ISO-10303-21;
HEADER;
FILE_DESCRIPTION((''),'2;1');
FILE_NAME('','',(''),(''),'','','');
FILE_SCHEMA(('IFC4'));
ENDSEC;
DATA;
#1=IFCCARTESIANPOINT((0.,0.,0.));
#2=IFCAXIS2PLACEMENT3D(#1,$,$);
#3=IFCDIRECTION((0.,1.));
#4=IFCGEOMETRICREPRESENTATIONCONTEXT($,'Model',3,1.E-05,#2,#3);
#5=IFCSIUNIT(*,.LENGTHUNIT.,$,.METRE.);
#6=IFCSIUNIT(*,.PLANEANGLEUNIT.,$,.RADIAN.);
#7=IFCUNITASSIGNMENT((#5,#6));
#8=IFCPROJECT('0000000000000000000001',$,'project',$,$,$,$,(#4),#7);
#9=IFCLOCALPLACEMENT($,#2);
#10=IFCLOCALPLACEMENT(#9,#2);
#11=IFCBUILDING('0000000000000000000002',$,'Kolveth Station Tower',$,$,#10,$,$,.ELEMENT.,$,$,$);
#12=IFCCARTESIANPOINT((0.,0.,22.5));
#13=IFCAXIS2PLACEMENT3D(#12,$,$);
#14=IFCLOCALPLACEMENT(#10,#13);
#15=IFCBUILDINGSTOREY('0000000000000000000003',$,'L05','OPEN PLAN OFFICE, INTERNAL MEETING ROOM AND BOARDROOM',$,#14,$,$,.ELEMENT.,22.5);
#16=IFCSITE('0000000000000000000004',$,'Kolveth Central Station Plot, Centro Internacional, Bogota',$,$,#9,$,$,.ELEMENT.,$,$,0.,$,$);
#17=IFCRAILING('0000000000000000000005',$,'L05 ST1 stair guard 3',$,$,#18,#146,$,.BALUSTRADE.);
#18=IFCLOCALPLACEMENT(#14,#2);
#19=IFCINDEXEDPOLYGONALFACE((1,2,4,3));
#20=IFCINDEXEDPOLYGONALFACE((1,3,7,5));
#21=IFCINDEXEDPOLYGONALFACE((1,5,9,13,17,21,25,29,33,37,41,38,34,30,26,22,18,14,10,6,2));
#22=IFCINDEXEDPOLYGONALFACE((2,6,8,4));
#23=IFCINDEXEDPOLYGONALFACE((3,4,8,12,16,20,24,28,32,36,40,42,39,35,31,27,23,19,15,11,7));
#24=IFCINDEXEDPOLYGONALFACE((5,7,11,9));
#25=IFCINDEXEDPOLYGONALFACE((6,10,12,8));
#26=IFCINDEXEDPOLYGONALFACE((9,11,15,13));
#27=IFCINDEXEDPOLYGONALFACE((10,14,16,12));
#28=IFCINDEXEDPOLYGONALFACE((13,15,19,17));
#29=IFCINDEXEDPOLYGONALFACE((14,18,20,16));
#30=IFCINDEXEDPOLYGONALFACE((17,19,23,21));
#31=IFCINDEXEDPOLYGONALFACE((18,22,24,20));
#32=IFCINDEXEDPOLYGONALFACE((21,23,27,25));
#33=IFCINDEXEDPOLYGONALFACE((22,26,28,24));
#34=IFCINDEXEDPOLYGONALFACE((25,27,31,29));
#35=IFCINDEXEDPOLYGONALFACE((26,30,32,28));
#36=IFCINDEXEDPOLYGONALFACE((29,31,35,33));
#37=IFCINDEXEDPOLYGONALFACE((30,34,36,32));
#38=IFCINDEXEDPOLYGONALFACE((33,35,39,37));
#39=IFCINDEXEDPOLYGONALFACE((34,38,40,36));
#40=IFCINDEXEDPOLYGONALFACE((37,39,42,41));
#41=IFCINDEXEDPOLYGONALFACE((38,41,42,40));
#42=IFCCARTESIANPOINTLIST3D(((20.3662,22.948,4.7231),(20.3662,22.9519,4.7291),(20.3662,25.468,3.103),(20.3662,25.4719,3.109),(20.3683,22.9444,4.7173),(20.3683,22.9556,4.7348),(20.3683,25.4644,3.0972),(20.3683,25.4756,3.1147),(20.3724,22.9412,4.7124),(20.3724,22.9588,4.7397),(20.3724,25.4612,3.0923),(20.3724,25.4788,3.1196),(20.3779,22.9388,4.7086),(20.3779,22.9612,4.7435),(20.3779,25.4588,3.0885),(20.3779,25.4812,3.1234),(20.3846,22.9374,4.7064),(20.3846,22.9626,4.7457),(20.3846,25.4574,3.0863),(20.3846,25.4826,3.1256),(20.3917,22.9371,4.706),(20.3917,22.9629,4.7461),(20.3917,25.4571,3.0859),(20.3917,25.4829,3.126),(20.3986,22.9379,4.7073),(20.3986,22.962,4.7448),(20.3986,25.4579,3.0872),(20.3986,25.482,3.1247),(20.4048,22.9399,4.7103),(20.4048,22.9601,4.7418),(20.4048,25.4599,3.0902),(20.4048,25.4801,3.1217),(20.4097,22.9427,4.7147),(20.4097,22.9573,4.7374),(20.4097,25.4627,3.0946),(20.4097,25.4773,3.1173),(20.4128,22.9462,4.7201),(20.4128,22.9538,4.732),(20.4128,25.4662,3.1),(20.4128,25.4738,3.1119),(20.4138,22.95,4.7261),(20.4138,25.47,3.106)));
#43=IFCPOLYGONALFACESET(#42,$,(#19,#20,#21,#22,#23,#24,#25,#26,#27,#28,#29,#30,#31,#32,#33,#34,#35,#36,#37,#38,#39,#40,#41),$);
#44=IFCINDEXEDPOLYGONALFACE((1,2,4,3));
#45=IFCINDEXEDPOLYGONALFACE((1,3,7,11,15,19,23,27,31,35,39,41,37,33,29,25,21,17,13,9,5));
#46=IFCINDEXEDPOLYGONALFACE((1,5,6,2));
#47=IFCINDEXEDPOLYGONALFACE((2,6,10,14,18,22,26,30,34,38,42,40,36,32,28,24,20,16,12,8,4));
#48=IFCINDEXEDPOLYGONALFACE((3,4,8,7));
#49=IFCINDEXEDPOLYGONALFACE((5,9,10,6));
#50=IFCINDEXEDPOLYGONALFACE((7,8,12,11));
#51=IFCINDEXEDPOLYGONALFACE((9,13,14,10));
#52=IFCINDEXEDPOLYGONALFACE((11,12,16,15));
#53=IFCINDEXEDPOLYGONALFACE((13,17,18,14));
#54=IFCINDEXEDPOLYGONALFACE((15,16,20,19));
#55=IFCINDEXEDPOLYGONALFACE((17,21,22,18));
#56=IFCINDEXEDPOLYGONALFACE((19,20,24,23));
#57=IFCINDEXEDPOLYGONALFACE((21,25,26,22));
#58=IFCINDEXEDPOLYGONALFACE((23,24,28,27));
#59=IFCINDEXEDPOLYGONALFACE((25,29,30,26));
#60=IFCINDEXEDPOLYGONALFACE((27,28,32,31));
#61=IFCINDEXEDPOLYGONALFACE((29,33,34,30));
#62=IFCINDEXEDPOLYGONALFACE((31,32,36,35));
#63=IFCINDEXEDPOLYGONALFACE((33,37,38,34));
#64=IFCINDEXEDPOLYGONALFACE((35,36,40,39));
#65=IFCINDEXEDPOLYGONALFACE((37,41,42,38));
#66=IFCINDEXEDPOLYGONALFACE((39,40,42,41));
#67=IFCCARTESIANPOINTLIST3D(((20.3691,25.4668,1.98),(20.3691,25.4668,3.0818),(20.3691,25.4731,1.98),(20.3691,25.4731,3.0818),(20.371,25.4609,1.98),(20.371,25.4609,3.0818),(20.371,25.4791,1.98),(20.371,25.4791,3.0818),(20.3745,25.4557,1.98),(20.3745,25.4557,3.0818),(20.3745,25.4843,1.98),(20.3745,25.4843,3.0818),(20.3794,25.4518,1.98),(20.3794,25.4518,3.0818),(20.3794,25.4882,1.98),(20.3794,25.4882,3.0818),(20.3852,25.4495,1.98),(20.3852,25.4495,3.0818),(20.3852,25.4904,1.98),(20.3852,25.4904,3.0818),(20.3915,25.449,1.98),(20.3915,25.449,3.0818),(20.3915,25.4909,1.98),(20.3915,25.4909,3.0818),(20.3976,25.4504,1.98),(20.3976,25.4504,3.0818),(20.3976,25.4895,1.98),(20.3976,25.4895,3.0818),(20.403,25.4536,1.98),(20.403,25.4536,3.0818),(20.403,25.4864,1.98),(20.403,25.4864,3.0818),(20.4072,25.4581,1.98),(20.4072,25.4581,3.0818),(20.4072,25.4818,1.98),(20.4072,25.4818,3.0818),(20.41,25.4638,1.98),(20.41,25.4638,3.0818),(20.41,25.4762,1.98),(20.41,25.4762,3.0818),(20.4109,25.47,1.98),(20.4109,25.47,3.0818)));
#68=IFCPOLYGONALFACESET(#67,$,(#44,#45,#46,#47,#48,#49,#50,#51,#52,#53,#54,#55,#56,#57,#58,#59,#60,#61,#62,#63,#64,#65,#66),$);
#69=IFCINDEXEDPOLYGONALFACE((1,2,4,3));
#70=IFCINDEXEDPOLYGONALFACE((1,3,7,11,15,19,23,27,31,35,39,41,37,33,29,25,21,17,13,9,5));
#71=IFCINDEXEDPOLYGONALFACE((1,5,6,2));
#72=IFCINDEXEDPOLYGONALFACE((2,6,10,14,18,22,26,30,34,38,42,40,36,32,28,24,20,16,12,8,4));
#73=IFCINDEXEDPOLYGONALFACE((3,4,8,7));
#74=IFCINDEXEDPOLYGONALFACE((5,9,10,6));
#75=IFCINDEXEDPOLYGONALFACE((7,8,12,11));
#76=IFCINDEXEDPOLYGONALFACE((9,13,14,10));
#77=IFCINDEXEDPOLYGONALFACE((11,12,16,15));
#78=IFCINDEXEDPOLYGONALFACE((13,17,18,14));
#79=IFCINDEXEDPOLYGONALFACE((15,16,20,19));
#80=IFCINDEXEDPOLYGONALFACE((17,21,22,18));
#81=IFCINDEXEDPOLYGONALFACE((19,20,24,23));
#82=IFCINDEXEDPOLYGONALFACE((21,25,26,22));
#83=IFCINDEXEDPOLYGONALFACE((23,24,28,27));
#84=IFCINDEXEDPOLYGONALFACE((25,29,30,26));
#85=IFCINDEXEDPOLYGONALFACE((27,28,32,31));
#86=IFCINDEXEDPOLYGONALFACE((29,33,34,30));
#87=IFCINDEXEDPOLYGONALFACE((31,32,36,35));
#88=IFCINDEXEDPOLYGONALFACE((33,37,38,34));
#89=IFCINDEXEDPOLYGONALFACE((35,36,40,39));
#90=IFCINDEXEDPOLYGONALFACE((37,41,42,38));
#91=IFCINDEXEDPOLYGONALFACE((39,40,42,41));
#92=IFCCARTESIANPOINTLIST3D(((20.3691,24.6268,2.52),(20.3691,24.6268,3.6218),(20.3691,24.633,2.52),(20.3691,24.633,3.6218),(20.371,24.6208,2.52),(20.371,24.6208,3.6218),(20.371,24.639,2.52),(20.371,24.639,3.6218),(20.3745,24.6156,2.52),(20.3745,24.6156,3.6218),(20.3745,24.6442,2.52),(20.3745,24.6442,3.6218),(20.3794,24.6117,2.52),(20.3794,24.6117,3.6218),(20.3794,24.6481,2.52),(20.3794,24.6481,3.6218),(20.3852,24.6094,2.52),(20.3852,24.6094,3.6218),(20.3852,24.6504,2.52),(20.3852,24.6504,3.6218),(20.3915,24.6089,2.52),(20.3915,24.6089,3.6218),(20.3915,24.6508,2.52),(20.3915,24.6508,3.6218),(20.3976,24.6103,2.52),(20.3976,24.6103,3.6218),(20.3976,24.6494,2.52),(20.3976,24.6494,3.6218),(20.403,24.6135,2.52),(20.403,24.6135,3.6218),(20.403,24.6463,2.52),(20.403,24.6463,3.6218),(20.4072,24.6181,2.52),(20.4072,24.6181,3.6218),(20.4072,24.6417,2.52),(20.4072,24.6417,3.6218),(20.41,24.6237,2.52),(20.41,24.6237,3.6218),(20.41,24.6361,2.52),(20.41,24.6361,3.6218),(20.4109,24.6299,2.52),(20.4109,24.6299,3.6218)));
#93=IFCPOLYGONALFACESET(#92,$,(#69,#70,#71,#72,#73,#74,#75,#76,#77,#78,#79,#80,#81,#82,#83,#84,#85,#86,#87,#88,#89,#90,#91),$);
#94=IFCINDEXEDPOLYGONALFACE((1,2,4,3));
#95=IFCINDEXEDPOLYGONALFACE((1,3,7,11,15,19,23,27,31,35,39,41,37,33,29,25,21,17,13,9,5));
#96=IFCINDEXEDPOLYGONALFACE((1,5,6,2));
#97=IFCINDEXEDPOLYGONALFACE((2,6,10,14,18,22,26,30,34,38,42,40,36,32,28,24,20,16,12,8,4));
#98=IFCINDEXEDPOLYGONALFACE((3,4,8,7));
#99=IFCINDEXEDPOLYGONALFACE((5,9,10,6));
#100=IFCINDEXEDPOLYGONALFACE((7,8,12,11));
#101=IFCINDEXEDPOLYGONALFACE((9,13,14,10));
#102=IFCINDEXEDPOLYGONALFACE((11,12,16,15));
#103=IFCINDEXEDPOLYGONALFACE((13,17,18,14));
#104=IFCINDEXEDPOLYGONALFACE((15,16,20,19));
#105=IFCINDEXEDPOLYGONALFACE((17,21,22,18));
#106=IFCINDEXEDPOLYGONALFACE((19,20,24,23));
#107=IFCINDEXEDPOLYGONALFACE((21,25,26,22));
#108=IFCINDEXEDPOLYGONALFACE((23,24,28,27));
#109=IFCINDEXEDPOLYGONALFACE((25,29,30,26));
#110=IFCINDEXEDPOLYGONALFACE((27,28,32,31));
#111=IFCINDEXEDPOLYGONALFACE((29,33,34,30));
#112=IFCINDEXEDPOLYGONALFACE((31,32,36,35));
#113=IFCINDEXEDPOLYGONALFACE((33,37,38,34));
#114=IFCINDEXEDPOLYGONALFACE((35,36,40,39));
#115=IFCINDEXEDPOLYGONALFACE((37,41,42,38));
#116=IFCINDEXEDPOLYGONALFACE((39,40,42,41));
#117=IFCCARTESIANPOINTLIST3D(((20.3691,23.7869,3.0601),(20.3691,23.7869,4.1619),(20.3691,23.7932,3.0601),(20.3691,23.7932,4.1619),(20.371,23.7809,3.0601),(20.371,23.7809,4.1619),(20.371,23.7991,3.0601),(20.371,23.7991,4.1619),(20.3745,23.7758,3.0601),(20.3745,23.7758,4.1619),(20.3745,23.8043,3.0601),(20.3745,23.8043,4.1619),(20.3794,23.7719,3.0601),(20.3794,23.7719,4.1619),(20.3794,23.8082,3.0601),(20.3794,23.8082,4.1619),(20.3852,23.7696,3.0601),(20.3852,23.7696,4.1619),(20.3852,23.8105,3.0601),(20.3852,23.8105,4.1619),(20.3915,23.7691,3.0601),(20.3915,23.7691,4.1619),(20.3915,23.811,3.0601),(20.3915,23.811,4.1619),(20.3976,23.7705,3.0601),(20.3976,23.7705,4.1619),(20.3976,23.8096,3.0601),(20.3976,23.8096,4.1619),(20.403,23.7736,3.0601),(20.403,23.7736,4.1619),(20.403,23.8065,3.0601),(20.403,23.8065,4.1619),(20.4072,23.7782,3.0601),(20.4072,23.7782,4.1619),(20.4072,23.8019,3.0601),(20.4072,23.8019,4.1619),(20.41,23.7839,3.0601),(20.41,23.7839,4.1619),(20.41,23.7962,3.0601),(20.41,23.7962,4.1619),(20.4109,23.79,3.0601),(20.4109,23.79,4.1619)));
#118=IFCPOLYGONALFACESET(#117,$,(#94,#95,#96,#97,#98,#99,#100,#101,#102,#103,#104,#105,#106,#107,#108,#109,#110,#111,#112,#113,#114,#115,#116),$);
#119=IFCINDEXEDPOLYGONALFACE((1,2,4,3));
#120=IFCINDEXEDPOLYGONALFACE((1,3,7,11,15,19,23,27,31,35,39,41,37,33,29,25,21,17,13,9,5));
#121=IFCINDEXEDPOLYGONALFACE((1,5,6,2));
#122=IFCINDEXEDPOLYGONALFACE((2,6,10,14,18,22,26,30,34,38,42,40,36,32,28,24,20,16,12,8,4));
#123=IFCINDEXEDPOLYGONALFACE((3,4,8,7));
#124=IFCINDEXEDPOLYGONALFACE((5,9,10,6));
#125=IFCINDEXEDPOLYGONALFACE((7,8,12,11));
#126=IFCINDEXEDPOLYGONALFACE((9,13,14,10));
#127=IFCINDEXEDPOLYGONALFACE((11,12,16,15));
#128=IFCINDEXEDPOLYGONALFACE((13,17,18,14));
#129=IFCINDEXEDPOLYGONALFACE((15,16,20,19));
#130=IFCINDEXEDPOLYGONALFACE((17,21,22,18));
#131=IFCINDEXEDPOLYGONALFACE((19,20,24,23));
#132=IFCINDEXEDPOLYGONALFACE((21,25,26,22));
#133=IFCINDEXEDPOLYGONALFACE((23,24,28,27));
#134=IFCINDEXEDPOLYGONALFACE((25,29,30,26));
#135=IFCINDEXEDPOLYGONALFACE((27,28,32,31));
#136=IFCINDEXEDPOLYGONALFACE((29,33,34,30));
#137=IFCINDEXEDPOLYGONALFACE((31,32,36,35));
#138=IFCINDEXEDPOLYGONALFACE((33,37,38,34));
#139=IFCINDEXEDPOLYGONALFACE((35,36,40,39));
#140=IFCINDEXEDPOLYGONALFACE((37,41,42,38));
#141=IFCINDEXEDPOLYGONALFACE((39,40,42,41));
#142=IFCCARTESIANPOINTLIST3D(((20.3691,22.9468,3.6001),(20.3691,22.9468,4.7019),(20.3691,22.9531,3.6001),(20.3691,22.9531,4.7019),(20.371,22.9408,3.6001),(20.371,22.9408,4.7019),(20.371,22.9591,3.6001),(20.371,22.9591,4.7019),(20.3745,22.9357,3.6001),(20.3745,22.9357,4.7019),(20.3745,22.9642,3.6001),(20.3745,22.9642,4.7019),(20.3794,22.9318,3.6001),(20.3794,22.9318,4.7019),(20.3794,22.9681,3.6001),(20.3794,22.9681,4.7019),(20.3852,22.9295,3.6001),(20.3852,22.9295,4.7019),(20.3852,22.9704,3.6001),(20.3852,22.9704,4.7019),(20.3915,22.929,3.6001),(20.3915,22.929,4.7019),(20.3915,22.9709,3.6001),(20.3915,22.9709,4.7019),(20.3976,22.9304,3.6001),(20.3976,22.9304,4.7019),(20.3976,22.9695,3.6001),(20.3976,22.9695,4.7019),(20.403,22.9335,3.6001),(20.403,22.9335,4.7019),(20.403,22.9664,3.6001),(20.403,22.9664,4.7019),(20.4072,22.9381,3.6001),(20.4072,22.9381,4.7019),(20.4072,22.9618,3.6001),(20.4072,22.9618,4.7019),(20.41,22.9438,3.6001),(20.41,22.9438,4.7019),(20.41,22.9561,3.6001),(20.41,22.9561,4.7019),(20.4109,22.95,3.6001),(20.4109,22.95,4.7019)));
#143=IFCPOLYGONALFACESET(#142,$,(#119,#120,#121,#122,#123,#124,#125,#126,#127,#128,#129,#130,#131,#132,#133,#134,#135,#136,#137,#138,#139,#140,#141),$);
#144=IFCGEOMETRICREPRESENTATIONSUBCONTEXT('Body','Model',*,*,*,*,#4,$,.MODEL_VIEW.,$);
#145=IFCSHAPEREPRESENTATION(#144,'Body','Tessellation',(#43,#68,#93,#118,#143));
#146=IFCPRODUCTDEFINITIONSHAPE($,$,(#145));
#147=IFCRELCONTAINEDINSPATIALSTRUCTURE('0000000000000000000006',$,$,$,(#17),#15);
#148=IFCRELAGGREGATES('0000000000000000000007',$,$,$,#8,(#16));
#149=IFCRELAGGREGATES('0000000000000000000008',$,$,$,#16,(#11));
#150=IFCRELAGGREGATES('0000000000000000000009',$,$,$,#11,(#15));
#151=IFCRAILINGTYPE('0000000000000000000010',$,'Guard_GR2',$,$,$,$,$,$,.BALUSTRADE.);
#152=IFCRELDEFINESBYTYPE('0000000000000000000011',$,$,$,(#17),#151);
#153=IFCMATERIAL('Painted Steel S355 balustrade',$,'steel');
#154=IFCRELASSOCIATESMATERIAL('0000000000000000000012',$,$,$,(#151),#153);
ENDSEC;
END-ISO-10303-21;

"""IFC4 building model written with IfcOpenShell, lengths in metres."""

from ifc_helpers import new_model, si_unit, direction, frame, origin, origin_2d, place, context, subcontext, project, spatial, circle, extrude, material, type_object, element, save


model = new_model("IFC4")

# Units and contexts
model_context = context("Model", 3, precision=1e-05, world=origin(), true_north=direction((0.0, 1.0)))
body_context = subcontext(model_context, "Body", "Model", "MODEL_VIEW")
ifc_project = project(units=[si_unit("LENGTHUNIT", "METRE"), si_unit("PLANEANGLEUNIT", "RADIAN")], contexts=[model_context])

# Site, building, storey
site_placement = place(None, origin())
site = spatial("IfcSite", under=ifc_project, at=site_placement, Name="Kolveth Central Station Plot, Centro Internacional, Bogota", CompositionType="ELEMENT", RefElevation=0.0)
building_placement = place(site_placement, origin())
building = spatial("IfcBuilding", under=site, at=building_placement, Name="Kolveth Station Tower", CompositionType="ELEMENT")
storey_placement = place(building_placement, frame((0.0, 0.0, 22.5)))
storey = spatial("IfcBuildingStorey", under=building, at=storey_placement, Name="L05", Description="OPEN PLAN OFFICE, INTERNAL MEETING ROOM AND BOARDROOM", CompositionType="ELEMENT", Elevation=22.5)

# Railing
ifc_material_1 = material(Name="Painted Steel S355 balustrade", Category="steel")
railing_type_1 = type_object("IfcRailingType", Name="Guard_GR2", PredefinedType="BALUSTRADE", material=ifc_material_1)
railing_1_placement = place(storey_placement, frame((20.3899, 25.47, 1.98)))
element("IfcRailing", 1, at=railing_1_placement, inside=storey, type_object=railing_type_1, Name="L05 ST1 stair guard 3", PredefinedType="BALUSTRADE", context=body_context, shape_type="SweptSolid", body=[
    extrude(circle(Radius=0.0239, at=origin_2d()), frame((0.0, 0.0, 1.126), z_axis=(0.0, -0.841163, 0.540782), x_axis=(1.0, 0.0, 0.0)), (0.0, 0.0, 1.0), 2.9958),
    extrude(circle(Radius=0.021, at=origin_2d()), origin(), (0.0, 0.0, 1.0), 1.1018),
    extrude(circle(Radius=0.021, at=origin_2d()), frame((0.0, -0.8401, 0.54)), (0.0, 0.0, 1.0), 1.1018),
    extrude(circle(Radius=0.021, at=origin_2d()), frame((0.0, -1.6799, 1.0801)), (0.0, 0.0, 1.0), 1.1018),
    extrude(circle(Radius=0.021, at=origin_2d()), frame((0.0, -2.52, 1.6201)), (0.0, 0.0, 1.0), 1.1018),
])

save(model, "model.ifc")
